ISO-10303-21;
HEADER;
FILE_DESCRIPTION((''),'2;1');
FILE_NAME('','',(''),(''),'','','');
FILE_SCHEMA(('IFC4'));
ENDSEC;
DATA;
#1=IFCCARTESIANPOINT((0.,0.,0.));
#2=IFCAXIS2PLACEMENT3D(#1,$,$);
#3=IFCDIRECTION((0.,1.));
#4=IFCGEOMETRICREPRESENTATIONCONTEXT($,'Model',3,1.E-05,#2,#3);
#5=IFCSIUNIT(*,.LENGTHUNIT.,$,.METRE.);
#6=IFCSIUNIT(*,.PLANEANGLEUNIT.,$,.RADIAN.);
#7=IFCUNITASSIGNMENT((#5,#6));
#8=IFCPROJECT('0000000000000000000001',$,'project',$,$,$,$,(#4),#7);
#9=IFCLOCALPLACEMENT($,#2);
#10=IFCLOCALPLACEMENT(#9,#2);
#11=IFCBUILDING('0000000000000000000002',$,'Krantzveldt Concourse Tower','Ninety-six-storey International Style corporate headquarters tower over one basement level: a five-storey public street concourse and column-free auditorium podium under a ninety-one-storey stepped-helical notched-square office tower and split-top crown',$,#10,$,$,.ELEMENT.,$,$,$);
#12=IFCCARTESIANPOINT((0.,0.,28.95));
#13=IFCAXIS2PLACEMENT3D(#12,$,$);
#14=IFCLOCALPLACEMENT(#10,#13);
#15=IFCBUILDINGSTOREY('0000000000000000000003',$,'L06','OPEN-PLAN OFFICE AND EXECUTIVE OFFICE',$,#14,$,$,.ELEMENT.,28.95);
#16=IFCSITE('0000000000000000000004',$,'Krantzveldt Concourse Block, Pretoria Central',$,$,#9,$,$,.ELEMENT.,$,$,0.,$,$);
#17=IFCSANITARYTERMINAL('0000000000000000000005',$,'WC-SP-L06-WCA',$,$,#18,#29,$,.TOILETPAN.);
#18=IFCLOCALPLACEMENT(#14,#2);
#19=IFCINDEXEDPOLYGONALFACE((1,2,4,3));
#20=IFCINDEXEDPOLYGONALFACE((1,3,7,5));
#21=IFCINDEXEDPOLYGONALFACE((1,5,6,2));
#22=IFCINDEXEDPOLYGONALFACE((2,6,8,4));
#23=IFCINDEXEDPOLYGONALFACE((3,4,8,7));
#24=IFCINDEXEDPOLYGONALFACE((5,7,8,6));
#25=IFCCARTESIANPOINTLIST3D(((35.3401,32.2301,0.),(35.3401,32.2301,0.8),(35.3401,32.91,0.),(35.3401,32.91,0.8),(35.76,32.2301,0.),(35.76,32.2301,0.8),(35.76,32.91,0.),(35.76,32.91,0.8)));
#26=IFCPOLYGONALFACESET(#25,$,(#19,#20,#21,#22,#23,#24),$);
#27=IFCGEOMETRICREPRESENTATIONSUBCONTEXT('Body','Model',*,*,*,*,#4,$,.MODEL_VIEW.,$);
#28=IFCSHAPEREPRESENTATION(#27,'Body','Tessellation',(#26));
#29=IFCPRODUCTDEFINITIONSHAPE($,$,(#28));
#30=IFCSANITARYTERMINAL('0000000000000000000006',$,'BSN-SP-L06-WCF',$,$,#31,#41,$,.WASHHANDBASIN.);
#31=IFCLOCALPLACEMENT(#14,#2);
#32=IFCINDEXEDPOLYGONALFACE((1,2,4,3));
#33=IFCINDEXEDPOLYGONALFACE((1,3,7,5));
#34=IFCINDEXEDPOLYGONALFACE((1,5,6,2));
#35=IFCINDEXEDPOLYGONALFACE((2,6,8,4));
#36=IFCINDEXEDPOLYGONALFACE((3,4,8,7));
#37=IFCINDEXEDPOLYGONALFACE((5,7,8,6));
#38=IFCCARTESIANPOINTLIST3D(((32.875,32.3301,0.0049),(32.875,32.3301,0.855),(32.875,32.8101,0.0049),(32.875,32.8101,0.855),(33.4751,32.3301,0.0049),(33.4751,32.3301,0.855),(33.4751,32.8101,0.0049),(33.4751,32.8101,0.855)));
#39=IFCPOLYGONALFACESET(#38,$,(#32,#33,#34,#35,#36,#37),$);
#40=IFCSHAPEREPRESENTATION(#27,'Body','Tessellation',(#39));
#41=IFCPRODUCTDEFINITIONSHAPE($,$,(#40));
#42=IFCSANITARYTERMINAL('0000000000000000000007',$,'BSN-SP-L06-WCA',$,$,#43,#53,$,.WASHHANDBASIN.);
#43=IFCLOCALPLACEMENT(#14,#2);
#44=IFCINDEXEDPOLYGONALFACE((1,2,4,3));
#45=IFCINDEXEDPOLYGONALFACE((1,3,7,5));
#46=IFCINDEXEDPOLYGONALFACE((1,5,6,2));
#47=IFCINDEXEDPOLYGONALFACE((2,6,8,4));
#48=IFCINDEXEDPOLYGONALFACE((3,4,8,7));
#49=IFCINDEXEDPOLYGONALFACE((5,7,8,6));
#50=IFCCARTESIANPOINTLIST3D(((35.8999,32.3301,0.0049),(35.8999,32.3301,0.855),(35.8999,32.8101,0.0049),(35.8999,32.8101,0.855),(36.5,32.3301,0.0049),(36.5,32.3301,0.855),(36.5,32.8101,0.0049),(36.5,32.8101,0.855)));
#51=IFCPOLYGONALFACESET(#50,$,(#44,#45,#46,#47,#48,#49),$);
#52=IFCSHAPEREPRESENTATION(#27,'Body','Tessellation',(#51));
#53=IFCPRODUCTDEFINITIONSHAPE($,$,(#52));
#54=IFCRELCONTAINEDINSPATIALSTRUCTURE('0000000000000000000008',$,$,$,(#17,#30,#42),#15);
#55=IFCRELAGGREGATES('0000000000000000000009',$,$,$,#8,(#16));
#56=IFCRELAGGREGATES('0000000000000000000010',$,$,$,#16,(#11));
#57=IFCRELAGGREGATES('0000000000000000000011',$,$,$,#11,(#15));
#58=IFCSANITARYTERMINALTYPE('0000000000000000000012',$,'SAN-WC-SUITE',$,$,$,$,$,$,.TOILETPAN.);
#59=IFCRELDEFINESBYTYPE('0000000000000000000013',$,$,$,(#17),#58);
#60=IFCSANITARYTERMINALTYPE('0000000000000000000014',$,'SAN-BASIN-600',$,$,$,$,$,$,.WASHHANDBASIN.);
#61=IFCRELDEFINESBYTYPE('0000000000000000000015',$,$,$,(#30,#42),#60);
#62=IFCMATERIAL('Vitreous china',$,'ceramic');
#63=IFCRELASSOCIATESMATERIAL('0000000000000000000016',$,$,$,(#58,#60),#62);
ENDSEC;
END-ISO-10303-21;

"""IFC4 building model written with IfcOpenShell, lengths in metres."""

from ifc_helpers import new_model, si_unit, direction, frame, origin, origin_2d, place, context, subcontext, project, spatial, rectangle, extrude, source, transform, mapped, material, type_object, type_shapes, element, save


model = new_model("IFC4")

# Units and contexts
model_context = context("Model", 3, precision=1e-05, world=origin(), true_north=direction((0.0, 1.0)))
body_context = subcontext(model_context, "Body", "Model", "MODEL_VIEW")
ifc_project = project(units=[si_unit("LENGTHUNIT", "METRE"), si_unit("PLANEANGLEUNIT", "RADIAN")], contexts=[model_context])

# Site, building, storey
site_placement = place(None, origin())
site = spatial("IfcSite", under=ifc_project, at=site_placement, Name="Krantzveldt Concourse Block, Pretoria Central", CompositionType="ELEMENT", RefElevation=0.0)
building_placement = place(site_placement, origin())
building = spatial("IfcBuilding", under=site, at=building_placement, Name="Krantzveldt Concourse Tower", Description="Ninety-six-storey International Style corporate headquarters tower over one basement level: a five-storey public street concourse and column-free auditorium podium under a ninety-one-storey stepped-helical notched-square office tower and split-top crown", CompositionType="ELEMENT")
storey_placement = place(building_placement, frame((0.0, 0.0, 28.95)))
storey = spatial("IfcBuildingStorey", under=building, at=storey_placement, Name="L06", Description="OPEN-PLAN OFFICE AND EXECUTIVE OFFICE", CompositionType="ELEMENT", Elevation=28.95)

# Sanitary terminals
ifc_material_1 = material(Name="Vitreous china", Category="ceramic")
sanitary_terminal_type_1 = type_object("IfcSanitaryTerminalType", Name="SAN-WC-SUITE", PredefinedType="TOILETPAN", material=ifc_material_1)
shared_shape_1 = source(origin(), body_context, "Body", "SweptSolid", [
    extrude(rectangle(XDim=0.4199, YDim=0.6799, at=origin_2d()), origin(), (0.0, 0.0, 1.0), 0.8),
])
type_shapes(sanitary_terminal_type_1, [shared_shape_1])
for number, where, z_axis, x_axis, name in (
    (1, (35.55, 32.5701, 0.0), (0.0, 0.0, 1.0), (1.0, 0.0, 0.0), "WC-SP-L06-WCA"),
):
    element("IfcSanitaryTerminal", number, at=place(storey_placement, frame(where, z_axis=z_axis, x_axis=x_axis)), inside=storey, type_object=sanitary_terminal_type_1, Name=name, PredefinedType="TOILETPAN", context=body_context, shape_type="MappedRepresentation", body=[
        mapped(shared_shape_1, transform((0.0, 0.0, 0.0), x_axis=(1.0, 0.0, 0.0), y_axis=(0.0, 1.0, 0.0), z_axis=(0.0, 0.0, 1.0), scale=1.0)),
    ])
sanitary_terminal_type_2 = type_object("IfcSanitaryTerminalType", Name="SAN-BASIN-600", PredefinedType="WASHHANDBASIN", material=ifc_material_1)
shared_shape_2 = source(origin(), body_context, "Body", "SweptSolid", [
    extrude(rectangle(XDim=0.6001, YDim=0.48, at=origin_2d()), origin(), (0.0, 0.0, 1.0), 0.8501),
])
type_shapes(sanitary_terminal_type_2, [shared_shape_2])
for number, where, z_axis, x_axis, name in (
    (2, (33.175, 32.5701, 0.0049), (0.0, 0.0, 1.0), (1.0, 0.0, 0.0), "BSN-SP-L06-WCF"),
    (3, (36.2, 32.5701, 0.0049), (0.0, 0.0, 1.0), (1.0, 0.0, 0.0), "BSN-SP-L06-WCA"),
):
    element("IfcSanitaryTerminal", number, at=place(storey_placement, frame(where, z_axis=z_axis, x_axis=x_axis)), inside=storey, type_object=sanitary_terminal_type_2, Name=name, PredefinedType="WASHHANDBASIN", context=body_context, shape_type="MappedRepresentation", body=[
        mapped(shared_shape_2, transform((0.0, 0.0, 0.0), x_axis=(1.0, 0.0, 0.0), y_axis=(0.0, 1.0, 0.0), z_axis=(0.0, 0.0, 1.0), scale=1.0)),
    ])

save(model, "model.ifc")
